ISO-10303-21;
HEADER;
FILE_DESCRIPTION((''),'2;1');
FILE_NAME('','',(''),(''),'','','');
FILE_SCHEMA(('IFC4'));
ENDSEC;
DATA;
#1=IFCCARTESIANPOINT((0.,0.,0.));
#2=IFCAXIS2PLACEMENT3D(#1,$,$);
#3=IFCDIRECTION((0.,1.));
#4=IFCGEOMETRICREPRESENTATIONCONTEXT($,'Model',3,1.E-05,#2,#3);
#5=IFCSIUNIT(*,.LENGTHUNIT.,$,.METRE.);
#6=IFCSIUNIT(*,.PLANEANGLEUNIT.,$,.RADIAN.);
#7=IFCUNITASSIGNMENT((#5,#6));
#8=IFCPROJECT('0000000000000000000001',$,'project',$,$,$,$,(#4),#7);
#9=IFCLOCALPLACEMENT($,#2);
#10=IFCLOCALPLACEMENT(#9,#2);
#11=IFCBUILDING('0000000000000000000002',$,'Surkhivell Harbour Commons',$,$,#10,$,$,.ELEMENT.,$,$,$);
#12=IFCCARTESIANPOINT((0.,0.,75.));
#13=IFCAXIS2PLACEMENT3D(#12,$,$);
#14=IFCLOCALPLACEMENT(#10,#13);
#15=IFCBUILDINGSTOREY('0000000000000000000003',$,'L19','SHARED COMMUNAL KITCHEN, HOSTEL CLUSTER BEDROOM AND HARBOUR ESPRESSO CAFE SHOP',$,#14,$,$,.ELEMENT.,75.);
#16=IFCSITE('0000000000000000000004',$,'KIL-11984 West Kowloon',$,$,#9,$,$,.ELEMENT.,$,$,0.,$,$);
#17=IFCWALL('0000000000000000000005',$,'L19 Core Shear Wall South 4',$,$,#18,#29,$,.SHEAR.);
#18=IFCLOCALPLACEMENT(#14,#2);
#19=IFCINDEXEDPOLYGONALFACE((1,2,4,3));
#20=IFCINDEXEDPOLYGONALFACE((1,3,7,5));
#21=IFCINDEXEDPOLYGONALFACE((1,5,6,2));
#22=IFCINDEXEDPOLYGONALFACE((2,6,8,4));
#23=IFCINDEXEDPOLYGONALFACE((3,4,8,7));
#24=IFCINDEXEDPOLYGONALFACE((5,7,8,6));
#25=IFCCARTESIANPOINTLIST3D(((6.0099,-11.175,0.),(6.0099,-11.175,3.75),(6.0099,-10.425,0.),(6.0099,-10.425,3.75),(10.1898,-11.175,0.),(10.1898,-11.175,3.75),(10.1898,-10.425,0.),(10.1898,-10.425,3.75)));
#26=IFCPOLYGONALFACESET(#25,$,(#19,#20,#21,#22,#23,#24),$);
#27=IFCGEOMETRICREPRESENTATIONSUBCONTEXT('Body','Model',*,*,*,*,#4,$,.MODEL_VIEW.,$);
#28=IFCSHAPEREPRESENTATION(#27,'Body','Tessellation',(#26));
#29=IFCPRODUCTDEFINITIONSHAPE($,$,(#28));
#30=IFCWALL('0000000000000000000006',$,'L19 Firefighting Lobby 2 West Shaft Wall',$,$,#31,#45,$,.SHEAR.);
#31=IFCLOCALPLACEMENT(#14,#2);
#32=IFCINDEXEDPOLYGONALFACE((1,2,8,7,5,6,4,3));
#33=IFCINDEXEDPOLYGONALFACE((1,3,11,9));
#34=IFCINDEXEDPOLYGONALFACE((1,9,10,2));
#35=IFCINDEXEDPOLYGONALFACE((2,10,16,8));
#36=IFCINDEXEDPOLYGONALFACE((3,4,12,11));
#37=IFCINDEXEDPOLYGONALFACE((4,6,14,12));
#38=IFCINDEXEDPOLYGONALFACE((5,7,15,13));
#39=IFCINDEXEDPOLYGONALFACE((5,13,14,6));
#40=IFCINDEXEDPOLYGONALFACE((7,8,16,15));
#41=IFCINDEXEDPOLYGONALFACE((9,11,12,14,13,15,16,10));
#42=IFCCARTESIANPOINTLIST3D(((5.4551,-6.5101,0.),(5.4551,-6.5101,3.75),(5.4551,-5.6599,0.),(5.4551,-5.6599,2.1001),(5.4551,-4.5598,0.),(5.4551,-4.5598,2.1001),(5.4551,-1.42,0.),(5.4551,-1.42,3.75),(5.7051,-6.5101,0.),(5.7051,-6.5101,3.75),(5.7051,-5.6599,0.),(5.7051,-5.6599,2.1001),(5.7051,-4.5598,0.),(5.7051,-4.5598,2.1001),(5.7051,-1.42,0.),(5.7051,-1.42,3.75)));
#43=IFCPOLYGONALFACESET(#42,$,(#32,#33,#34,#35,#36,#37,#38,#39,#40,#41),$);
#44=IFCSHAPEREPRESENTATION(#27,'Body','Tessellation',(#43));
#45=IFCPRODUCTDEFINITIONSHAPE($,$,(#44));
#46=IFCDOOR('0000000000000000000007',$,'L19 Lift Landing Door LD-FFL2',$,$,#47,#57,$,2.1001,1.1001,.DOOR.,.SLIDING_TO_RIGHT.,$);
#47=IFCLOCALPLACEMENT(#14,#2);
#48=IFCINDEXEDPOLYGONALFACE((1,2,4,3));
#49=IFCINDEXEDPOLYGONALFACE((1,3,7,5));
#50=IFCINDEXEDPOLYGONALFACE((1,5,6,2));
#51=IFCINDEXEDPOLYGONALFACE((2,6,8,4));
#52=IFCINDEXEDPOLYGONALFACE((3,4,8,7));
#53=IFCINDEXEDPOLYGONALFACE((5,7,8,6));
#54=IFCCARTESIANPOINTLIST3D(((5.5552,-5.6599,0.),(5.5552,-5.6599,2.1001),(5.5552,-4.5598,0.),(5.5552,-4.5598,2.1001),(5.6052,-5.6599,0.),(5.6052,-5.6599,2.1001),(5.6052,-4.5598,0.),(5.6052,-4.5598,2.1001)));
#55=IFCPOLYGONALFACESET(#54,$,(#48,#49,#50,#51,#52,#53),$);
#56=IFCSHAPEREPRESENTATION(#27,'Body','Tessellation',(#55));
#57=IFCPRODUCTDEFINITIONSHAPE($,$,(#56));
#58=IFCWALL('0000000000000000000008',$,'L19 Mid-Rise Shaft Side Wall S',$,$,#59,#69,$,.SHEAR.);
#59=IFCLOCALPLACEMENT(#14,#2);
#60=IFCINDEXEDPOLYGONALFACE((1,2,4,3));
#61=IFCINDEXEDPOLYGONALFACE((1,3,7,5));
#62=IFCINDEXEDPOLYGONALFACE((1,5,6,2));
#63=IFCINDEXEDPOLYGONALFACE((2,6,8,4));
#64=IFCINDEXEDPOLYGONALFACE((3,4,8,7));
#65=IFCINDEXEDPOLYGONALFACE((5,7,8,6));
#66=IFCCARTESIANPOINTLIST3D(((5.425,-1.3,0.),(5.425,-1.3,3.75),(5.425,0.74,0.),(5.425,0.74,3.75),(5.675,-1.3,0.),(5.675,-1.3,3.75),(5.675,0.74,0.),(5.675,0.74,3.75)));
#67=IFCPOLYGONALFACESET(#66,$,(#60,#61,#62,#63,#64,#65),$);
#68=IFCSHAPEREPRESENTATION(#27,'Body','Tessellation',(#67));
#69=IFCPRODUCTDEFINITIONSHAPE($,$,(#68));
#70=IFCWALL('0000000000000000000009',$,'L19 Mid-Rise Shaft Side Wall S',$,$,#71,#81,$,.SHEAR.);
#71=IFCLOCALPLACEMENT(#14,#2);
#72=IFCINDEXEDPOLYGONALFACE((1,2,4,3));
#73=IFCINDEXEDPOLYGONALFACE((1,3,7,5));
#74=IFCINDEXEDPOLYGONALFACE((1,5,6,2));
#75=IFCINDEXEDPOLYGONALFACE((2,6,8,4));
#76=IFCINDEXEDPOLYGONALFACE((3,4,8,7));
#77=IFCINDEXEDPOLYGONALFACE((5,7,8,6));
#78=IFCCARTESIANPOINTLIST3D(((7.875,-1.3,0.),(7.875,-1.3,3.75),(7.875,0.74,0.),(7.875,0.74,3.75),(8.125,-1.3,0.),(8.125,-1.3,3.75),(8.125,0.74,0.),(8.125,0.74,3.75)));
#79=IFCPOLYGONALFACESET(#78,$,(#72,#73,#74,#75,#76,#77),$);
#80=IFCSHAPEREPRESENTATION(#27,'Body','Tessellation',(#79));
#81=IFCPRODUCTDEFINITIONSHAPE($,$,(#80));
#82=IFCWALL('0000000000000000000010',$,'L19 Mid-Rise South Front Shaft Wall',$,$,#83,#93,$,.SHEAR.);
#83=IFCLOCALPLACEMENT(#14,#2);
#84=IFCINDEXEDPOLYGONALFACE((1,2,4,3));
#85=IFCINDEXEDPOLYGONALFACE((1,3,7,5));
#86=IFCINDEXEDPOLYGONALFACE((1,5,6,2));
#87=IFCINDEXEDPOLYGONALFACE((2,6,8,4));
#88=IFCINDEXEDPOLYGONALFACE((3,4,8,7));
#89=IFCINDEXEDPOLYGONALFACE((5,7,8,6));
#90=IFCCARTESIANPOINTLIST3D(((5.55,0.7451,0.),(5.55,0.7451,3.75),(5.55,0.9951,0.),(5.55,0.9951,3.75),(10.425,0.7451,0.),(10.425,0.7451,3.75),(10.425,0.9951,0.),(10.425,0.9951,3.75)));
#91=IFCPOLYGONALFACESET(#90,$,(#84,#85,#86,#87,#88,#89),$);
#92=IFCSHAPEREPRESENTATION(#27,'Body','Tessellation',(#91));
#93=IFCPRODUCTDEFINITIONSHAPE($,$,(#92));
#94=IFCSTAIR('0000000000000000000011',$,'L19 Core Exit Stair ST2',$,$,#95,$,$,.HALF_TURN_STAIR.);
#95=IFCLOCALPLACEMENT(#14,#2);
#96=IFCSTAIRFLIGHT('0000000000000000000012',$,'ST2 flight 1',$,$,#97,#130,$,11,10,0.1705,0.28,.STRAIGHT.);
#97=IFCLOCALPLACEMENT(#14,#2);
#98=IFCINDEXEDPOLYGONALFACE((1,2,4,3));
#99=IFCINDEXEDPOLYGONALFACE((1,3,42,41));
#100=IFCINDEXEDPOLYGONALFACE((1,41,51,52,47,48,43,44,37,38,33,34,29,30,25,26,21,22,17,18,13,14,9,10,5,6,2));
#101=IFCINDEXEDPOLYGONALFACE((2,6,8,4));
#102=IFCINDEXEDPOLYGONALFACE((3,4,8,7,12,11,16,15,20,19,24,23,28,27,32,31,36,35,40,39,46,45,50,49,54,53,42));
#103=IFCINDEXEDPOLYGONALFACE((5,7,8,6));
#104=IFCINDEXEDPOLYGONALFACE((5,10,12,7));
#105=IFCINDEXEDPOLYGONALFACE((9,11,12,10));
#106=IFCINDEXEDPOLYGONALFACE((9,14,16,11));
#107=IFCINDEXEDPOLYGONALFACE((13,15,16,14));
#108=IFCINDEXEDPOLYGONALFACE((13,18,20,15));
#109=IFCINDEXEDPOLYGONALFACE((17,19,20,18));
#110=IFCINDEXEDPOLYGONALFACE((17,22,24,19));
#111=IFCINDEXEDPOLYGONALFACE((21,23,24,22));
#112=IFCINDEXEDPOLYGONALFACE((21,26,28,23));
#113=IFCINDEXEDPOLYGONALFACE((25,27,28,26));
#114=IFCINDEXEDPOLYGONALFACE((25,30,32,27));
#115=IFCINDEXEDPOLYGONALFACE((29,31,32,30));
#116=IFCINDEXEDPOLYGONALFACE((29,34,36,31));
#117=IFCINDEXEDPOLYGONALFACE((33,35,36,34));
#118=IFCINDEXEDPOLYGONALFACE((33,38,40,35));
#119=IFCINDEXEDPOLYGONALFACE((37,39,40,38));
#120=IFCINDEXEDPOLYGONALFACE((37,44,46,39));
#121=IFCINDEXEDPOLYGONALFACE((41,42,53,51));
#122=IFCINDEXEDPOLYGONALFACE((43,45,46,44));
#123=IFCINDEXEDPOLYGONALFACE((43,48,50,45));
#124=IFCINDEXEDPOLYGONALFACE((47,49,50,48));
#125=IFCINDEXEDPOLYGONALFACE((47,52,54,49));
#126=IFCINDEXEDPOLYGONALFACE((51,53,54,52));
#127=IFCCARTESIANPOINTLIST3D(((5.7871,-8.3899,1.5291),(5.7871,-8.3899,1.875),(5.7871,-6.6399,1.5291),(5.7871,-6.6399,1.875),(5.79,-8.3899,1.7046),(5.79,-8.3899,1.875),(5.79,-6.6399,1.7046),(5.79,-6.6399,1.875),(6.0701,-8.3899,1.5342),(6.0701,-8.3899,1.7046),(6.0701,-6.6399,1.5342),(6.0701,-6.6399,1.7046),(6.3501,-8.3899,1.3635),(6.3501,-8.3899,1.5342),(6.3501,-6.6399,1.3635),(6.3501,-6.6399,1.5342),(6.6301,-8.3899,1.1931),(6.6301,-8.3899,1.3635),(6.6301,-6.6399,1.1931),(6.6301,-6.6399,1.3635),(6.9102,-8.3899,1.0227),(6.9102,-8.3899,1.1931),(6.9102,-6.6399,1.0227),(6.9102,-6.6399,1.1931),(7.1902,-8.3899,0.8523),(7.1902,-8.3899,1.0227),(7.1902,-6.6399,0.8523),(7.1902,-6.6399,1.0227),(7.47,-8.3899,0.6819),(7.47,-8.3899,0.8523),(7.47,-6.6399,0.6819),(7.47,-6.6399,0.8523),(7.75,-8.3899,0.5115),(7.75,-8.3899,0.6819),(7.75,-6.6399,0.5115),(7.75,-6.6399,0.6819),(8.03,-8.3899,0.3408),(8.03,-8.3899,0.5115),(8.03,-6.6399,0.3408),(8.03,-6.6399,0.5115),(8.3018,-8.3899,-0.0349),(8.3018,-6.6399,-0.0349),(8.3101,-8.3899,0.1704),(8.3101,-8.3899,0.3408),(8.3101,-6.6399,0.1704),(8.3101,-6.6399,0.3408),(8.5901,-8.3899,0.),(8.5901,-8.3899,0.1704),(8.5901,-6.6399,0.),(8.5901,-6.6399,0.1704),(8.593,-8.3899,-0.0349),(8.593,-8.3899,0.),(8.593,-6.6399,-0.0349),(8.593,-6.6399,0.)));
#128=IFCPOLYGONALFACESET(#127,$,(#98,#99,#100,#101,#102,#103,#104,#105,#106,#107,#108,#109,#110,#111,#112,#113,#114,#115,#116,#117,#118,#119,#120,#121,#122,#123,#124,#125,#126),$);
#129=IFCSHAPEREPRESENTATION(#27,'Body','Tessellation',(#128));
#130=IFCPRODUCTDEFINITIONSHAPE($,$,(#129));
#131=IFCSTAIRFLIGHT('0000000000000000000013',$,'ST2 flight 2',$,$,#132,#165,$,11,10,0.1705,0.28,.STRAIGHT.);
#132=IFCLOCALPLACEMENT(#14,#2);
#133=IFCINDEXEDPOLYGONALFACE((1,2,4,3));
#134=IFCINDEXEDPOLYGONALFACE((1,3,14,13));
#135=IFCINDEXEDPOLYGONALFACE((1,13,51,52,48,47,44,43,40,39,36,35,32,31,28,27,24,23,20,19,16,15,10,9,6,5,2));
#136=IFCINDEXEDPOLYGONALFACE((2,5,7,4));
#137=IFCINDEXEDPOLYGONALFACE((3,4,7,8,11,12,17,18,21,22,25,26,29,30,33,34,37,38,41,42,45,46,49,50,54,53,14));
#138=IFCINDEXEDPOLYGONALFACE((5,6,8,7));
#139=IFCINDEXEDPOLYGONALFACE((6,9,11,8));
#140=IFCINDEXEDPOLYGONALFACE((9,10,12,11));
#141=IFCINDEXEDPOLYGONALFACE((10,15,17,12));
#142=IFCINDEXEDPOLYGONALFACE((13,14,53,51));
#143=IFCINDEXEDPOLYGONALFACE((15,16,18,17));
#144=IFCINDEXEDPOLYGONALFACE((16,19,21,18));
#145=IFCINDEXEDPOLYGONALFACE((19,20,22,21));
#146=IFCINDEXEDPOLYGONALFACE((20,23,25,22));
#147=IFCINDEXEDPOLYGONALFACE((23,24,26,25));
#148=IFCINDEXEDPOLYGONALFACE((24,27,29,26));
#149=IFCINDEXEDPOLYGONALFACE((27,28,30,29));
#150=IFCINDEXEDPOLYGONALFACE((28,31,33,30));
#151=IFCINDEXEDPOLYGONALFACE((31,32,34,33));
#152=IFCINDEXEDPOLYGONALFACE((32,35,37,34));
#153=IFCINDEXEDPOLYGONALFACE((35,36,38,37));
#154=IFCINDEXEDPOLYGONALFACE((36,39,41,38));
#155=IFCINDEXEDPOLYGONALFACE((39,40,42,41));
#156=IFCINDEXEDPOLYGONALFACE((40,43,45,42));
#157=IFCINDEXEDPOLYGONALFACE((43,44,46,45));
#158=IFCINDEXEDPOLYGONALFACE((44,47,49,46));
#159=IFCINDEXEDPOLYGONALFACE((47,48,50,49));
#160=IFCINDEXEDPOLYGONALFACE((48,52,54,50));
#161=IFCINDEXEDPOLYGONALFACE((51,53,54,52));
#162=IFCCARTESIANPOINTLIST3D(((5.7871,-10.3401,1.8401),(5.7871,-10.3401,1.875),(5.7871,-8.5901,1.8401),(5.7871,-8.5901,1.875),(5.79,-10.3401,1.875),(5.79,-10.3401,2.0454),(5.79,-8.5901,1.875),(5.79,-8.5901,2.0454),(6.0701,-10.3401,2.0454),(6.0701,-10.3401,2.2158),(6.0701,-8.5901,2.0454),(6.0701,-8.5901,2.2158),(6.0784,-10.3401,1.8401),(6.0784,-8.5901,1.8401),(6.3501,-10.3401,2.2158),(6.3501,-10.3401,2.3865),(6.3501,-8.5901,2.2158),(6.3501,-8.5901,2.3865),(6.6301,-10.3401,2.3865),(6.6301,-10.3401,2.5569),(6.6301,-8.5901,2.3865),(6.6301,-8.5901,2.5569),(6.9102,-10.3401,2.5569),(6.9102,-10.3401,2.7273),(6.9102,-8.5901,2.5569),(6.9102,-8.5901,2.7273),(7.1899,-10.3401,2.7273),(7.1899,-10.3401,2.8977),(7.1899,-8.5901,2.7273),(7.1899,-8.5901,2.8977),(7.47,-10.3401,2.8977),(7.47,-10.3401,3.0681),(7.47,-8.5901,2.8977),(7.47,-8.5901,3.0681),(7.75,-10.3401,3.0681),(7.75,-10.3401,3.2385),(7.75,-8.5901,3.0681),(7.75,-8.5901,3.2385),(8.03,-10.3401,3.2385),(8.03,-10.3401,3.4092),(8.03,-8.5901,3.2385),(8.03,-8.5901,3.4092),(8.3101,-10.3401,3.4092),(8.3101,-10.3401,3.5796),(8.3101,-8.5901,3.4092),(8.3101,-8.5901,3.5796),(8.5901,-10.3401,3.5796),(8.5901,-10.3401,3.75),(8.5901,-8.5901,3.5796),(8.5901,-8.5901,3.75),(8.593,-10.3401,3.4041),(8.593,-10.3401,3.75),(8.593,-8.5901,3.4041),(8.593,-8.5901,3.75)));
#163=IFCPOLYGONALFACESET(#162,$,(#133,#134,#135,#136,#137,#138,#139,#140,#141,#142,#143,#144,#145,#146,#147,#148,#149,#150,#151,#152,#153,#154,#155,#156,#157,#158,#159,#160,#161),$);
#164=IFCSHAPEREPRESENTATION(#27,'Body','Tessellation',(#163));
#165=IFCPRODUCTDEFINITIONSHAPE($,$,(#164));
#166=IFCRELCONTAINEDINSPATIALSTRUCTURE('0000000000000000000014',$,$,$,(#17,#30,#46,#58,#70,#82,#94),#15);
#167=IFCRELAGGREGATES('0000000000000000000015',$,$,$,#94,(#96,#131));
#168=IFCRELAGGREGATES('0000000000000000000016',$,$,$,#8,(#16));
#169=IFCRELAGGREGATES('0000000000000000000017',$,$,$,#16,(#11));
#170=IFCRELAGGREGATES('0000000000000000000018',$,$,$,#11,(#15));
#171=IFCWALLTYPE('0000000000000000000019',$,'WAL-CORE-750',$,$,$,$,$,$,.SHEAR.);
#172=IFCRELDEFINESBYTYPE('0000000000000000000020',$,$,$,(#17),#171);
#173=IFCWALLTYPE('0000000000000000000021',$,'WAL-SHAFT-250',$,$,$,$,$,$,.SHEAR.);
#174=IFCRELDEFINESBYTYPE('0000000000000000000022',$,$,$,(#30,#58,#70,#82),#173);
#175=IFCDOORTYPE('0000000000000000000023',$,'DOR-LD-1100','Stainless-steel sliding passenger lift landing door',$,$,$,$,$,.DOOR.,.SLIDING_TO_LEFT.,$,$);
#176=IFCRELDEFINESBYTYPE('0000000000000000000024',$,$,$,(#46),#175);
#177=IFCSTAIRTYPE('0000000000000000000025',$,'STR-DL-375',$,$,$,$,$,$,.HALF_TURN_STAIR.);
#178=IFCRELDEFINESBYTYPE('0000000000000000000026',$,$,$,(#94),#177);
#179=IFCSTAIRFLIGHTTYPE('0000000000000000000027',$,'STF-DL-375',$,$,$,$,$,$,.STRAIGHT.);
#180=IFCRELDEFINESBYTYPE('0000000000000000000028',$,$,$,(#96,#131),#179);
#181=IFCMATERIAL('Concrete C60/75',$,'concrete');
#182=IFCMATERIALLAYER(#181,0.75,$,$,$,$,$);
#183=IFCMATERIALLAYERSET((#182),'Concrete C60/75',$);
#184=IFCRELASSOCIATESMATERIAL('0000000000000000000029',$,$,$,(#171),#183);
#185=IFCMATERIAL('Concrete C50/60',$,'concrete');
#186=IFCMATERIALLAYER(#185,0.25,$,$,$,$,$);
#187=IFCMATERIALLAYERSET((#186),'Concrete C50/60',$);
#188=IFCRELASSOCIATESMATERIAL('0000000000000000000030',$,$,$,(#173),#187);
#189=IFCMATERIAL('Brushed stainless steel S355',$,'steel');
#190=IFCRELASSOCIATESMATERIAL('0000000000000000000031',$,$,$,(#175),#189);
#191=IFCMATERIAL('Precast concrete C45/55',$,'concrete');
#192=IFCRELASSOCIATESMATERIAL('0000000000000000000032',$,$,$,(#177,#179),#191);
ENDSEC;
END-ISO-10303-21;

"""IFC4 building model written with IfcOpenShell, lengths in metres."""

from ifc_helpers import new_model, si_unit, direction, frame, frame_2d, origin, place, context, subcontext, project, spatial, polyline, rectangle, outline, extrude, material, layer, layer_set, type_object, element, fill, aggregate, save


model = new_model("IFC4")

# Units and contexts
model_context = context("Model", 3, precision=1e-05, world=origin(), true_north=direction((0.0, 1.0)))
body_context = subcontext(model_context, "Body", "Model", "MODEL_VIEW")
ifc_project = project(units=[si_unit("LENGTHUNIT", "METRE"), si_unit("PLANEANGLEUNIT", "RADIAN")], contexts=[model_context])

# Site, building, storey
site_placement = place(None, origin())
site = spatial("IfcSite", under=ifc_project, at=site_placement, Name="KIL-11984 West Kowloon", CompositionType="ELEMENT", RefElevation=0.0)
building_placement = place(site_placement, origin())
building = spatial("IfcBuilding", under=site, at=building_placement, Name="Surkhivell Harbour Commons", CompositionType="ELEMENT")
storey_placement = place(building_placement, frame((0.0, 0.0, 75.0)))
storey = spatial("IfcBuildingStorey", under=building, at=storey_placement, Name="L19", Description="SHARED COMMUNAL KITCHEN, HOSTEL CLUSTER BEDROOM AND HARBOUR ESPRESSO CAFE SHOP", CompositionType="ELEMENT", Elevation=75.0)

# Shared definitions
ifc_material_1 = material(Name="Concrete C60/75", Category="concrete")
ifc_layer_1 = layer(ifc_material_1, 0.75)
ifc_layer_set_1 = layer_set([ifc_layer_1], Name="Concrete C60/75")
wall_type_1 = type_object("IfcWallType", Name="WAL-CORE-750", PredefinedType="SHEAR", material=ifc_layer_set_1)

# Wall
wall_1_placement = place(storey_placement, frame((6.01, -10.8, 0.0), z_axis=(0.0, 0.0, 1.0), x_axis=(1.0, 0.0, 0.0)))
element("IfcWall", 1, at=wall_1_placement, inside=storey, type_object=wall_type_1, Name="L19 Core Shear Wall South 4", PredefinedType="SHEAR", context=body_context, shape_type="SweptSolid", body=[
    extrude(rectangle(XDim=4.1799, YDim=0.75, at=frame_2d((2.0898, 0.0))), origin(), (0.0, 0.0, 1.0), 3.75),
])

# Wall, opening, door
ifc_material_2 = material(Name="Concrete C50/60", Category="concrete")
ifc_layer_2 = layer(ifc_material_2, 0.25)
ifc_layer_set_2 = layer_set([ifc_layer_2], Name="Concrete C50/60")
wall_type_2 = type_object("IfcWallType", Name="WAL-SHAFT-250", PredefinedType="SHEAR", material=ifc_layer_set_2)
wall_2_placement = place(storey_placement, frame((5.5801, -6.51, 0.0), z_axis=(0.0, 0.0, 1.0), x_axis=(0.0, 1.0, 0.0)))
wall_2 = element("IfcWall", 2, at=wall_2_placement, inside=storey, type_object=wall_type_2, Name="L19 Firefighting Lobby 2 West Shaft Wall", PredefinedType="SHEAR", context=body_context, shape_type="SweptSolid", body=[
    extrude(rectangle(XDim=5.0901, YDim=0.25, at=frame_2d((2.5449, 0.0))), origin(), (0.0, 0.0, 1.0), 3.75),
])
opening_1_placement = place(wall_2_placement, frame((0.8501, 0.0, 0.0)))
opening_1 = element("IfcOpeningElement", 3, at=opening_1_placement, cuts=wall_2, PredefinedType="OPENING", context=body_context, shape_type="SweptSolid", body=[
    extrude(rectangle(XDim=1.1001, YDim=2.1001, at=frame_2d((0.55, 1.05))), frame((0.0, 0.135, 0.0), z_axis=(0.0, -1.0, 0.0), x_axis=(1.0, 0.0, 0.0)), (0.0, 0.0, 1.0), 0.27),
])
ifc_material_3 = material(Name="Brushed stainless steel S355", Category="steel")
door_type_1 = type_object("IfcDoorType", Name="DOR-LD-1100", Description="Stainless-steel sliding passenger lift landing door", OperationType="SLIDING_TO_LEFT", PredefinedType="DOOR", material=ifc_material_3)
door_1_placement = place(opening_1_placement, origin())
door_1 = element("IfcDoor", 4, at=door_1_placement, inside=storey, type_object=door_type_1, Name="L19 Lift Landing Door LD-FFL2", OperationType="SLIDING_TO_RIGHT", OverallHeight=2.1001, OverallWidth=1.1001, PredefinedType="DOOR", context=body_context, shape_type="SweptSolid", body=[
    extrude(rectangle(XDim=1.1001, YDim=2.1001, at=frame_2d((0.55, 1.05))), frame((0.0, 0.0249, 0.0), z_axis=(0.0, -1.0, 0.0), x_axis=(1.0, 0.0, 0.0)), (0.0, 0.0, 1.0), 0.05),
])
fill(opening_1, door_1)

# Walls
for number, where, z_axis, x_axis, name in (
    (5, (5.55, -1.3, 0.0), (0.0, 0.0, 1.0), (0.0, 1.0, 0.0), "L19 Mid-Rise Shaft Side Wall S"),
    (6, (8.0, -1.3, 0.0), (0.0, 0.0, 1.0), (0.0, 1.0, 0.0), "L19 Mid-Rise Shaft Side Wall S"),
):
    element("IfcWall", number, at=place(storey_placement, frame(where, z_axis=z_axis, x_axis=x_axis)), inside=storey, type_object=wall_type_2, Name=name, PredefinedType="SHEAR", context=body_context, shape_type="SweptSolid", body=[
        extrude(rectangle(XDim=2.04, YDim=0.25, at=frame_2d((1.02, 0.0))), origin(), (0.0, 0.0, 1.0), 3.75),
    ])
wall_3_placement = place(storey_placement, frame((5.55, 0.8701, 0.0), z_axis=(0.0, 0.0, 1.0), x_axis=(1.0, 0.0, 0.0)))
element("IfcWall", 7, at=wall_3_placement, inside=storey, type_object=wall_type_2, Name="L19 Mid-Rise South Front Shaft Wall", PredefinedType="SHEAR", context=body_context, shape_type="SweptSolid", body=[
    extrude(rectangle(XDim=4.875, YDim=0.25, at=frame_2d((2.4375, 0.0))), origin(), (0.0, 0.0, 1.0), 3.75),
])

# Stair, stair flights
ifc_material_4 = material(Name="Precast concrete C45/55", Category="concrete")
stair_type = type_object("IfcStairType", Name="STR-DL-375", PredefinedType="HALF_TURN_STAIR", material=ifc_material_4)
stair_placement = place(storey_placement, origin())
stair = element("IfcStair", 8, at=stair_placement, inside=storey, type_object=stair_type, Name="L19 Core Exit Stair ST2", PredefinedType="HALF_TURN_STAIR")
stair_flight_type = type_object("IfcStairFlightType", Name="STF-DL-375", PredefinedType="STRAIGHT", material=ifc_material_4)
stair_flight_1_placement = place(storey_placement, frame((8.5901, -7.5149, 0.0), z_axis=(0.0, 0.0, 1.0), x_axis=(-1.0, 0.0, 0.0)))
stair_flight_1 = element("IfcStairFlight", 9, at=stair_flight_1_placement, type_object=stair_flight_type, Name="ST2 flight 1", NumberOfRisers=11, NumberOfTreads=10, PredefinedType="STRAIGHT", RiserHeight=0.1705, TreadLength=0.28, context=body_context, shape_type="SweptSolid", body=[
    extrude(outline(polyline([(-0.0029, -0.0349), (-0.0029, 0.0), (0.0, 0.0), (0.0, 0.1704), (0.28, 0.1704), (0.28, 0.3408), (0.5601, 0.3408), (0.5601, 0.5115), (0.8401, 0.5115), (0.8401, 0.6819), (1.1201, 0.6819), (1.1201, 0.8523), (1.3999, 0.8523), (1.3999, 1.0227), (1.6799, 1.0227), (1.6799, 1.1931), (1.96, 1.1931), (1.96, 1.3635), (2.24, 1.3635), (2.24, 1.5342), (2.52, 1.5342), (2.52, 1.7046), (2.8, 1.7046), (2.8, 1.875), (2.803, 1.875), (2.803, 1.5291), (0.2883, -0.0349), (-0.0029, -0.0349)])), frame((0.0, 0.875, 0.0), z_axis=(0.0, -1.0, 0.0), x_axis=(1.0, 0.0, 0.0)), (0.0, 0.0, 1.0), 1.75),
])
stair_flight_2_placement = place(storey_placement, frame((5.79, -9.4651, 1.875), z_axis=(0.0, 0.0, 1.0), x_axis=(1.0, 0.0, 0.0)))
stair_flight_2 = element("IfcStairFlight", 10, at=stair_flight_2_placement, type_object=stair_flight_type, Name="ST2 flight 2", NumberOfRisers=11, NumberOfTreads=10, PredefinedType="STRAIGHT", RiserHeight=0.1705, TreadLength=0.28, context=body_context, shape_type="SweptSolid", body=[
    extrude(outline(polyline([(-0.0029, -0.0349), (-0.0029, 0.0), (0.0, 0.0), (0.0, 0.1704), (0.28, 0.1704), (0.28, 0.3408), (0.5601, 0.3408), (0.5601, 0.5115), (0.8401, 0.5115), (0.8401, 0.6819), (1.1201, 0.6819), (1.1201, 0.8523), (1.3999, 0.8523), (1.3999, 1.0227), (1.6799, 1.0227), (1.6799, 1.1931), (1.96, 1.1931), (1.96, 1.3635), (2.24, 1.3635), (2.24, 1.5342), (2.52, 1.5342), (2.52, 1.7046), (2.8, 1.7046), (2.8, 1.875), (2.803, 1.875), (2.803, 1.5291), (0.2883, -0.0349), (-0.0029, -0.0349)])), frame((0.0, 0.875, 0.0), z_axis=(0.0, -1.0, 0.0), x_axis=(1.0, 0.0, 0.0)), (0.0, 0.0, 1.0), 1.75),
])
aggregate(stair, [stair_flight_1, stair_flight_2])

save(model, "model.ifc")
